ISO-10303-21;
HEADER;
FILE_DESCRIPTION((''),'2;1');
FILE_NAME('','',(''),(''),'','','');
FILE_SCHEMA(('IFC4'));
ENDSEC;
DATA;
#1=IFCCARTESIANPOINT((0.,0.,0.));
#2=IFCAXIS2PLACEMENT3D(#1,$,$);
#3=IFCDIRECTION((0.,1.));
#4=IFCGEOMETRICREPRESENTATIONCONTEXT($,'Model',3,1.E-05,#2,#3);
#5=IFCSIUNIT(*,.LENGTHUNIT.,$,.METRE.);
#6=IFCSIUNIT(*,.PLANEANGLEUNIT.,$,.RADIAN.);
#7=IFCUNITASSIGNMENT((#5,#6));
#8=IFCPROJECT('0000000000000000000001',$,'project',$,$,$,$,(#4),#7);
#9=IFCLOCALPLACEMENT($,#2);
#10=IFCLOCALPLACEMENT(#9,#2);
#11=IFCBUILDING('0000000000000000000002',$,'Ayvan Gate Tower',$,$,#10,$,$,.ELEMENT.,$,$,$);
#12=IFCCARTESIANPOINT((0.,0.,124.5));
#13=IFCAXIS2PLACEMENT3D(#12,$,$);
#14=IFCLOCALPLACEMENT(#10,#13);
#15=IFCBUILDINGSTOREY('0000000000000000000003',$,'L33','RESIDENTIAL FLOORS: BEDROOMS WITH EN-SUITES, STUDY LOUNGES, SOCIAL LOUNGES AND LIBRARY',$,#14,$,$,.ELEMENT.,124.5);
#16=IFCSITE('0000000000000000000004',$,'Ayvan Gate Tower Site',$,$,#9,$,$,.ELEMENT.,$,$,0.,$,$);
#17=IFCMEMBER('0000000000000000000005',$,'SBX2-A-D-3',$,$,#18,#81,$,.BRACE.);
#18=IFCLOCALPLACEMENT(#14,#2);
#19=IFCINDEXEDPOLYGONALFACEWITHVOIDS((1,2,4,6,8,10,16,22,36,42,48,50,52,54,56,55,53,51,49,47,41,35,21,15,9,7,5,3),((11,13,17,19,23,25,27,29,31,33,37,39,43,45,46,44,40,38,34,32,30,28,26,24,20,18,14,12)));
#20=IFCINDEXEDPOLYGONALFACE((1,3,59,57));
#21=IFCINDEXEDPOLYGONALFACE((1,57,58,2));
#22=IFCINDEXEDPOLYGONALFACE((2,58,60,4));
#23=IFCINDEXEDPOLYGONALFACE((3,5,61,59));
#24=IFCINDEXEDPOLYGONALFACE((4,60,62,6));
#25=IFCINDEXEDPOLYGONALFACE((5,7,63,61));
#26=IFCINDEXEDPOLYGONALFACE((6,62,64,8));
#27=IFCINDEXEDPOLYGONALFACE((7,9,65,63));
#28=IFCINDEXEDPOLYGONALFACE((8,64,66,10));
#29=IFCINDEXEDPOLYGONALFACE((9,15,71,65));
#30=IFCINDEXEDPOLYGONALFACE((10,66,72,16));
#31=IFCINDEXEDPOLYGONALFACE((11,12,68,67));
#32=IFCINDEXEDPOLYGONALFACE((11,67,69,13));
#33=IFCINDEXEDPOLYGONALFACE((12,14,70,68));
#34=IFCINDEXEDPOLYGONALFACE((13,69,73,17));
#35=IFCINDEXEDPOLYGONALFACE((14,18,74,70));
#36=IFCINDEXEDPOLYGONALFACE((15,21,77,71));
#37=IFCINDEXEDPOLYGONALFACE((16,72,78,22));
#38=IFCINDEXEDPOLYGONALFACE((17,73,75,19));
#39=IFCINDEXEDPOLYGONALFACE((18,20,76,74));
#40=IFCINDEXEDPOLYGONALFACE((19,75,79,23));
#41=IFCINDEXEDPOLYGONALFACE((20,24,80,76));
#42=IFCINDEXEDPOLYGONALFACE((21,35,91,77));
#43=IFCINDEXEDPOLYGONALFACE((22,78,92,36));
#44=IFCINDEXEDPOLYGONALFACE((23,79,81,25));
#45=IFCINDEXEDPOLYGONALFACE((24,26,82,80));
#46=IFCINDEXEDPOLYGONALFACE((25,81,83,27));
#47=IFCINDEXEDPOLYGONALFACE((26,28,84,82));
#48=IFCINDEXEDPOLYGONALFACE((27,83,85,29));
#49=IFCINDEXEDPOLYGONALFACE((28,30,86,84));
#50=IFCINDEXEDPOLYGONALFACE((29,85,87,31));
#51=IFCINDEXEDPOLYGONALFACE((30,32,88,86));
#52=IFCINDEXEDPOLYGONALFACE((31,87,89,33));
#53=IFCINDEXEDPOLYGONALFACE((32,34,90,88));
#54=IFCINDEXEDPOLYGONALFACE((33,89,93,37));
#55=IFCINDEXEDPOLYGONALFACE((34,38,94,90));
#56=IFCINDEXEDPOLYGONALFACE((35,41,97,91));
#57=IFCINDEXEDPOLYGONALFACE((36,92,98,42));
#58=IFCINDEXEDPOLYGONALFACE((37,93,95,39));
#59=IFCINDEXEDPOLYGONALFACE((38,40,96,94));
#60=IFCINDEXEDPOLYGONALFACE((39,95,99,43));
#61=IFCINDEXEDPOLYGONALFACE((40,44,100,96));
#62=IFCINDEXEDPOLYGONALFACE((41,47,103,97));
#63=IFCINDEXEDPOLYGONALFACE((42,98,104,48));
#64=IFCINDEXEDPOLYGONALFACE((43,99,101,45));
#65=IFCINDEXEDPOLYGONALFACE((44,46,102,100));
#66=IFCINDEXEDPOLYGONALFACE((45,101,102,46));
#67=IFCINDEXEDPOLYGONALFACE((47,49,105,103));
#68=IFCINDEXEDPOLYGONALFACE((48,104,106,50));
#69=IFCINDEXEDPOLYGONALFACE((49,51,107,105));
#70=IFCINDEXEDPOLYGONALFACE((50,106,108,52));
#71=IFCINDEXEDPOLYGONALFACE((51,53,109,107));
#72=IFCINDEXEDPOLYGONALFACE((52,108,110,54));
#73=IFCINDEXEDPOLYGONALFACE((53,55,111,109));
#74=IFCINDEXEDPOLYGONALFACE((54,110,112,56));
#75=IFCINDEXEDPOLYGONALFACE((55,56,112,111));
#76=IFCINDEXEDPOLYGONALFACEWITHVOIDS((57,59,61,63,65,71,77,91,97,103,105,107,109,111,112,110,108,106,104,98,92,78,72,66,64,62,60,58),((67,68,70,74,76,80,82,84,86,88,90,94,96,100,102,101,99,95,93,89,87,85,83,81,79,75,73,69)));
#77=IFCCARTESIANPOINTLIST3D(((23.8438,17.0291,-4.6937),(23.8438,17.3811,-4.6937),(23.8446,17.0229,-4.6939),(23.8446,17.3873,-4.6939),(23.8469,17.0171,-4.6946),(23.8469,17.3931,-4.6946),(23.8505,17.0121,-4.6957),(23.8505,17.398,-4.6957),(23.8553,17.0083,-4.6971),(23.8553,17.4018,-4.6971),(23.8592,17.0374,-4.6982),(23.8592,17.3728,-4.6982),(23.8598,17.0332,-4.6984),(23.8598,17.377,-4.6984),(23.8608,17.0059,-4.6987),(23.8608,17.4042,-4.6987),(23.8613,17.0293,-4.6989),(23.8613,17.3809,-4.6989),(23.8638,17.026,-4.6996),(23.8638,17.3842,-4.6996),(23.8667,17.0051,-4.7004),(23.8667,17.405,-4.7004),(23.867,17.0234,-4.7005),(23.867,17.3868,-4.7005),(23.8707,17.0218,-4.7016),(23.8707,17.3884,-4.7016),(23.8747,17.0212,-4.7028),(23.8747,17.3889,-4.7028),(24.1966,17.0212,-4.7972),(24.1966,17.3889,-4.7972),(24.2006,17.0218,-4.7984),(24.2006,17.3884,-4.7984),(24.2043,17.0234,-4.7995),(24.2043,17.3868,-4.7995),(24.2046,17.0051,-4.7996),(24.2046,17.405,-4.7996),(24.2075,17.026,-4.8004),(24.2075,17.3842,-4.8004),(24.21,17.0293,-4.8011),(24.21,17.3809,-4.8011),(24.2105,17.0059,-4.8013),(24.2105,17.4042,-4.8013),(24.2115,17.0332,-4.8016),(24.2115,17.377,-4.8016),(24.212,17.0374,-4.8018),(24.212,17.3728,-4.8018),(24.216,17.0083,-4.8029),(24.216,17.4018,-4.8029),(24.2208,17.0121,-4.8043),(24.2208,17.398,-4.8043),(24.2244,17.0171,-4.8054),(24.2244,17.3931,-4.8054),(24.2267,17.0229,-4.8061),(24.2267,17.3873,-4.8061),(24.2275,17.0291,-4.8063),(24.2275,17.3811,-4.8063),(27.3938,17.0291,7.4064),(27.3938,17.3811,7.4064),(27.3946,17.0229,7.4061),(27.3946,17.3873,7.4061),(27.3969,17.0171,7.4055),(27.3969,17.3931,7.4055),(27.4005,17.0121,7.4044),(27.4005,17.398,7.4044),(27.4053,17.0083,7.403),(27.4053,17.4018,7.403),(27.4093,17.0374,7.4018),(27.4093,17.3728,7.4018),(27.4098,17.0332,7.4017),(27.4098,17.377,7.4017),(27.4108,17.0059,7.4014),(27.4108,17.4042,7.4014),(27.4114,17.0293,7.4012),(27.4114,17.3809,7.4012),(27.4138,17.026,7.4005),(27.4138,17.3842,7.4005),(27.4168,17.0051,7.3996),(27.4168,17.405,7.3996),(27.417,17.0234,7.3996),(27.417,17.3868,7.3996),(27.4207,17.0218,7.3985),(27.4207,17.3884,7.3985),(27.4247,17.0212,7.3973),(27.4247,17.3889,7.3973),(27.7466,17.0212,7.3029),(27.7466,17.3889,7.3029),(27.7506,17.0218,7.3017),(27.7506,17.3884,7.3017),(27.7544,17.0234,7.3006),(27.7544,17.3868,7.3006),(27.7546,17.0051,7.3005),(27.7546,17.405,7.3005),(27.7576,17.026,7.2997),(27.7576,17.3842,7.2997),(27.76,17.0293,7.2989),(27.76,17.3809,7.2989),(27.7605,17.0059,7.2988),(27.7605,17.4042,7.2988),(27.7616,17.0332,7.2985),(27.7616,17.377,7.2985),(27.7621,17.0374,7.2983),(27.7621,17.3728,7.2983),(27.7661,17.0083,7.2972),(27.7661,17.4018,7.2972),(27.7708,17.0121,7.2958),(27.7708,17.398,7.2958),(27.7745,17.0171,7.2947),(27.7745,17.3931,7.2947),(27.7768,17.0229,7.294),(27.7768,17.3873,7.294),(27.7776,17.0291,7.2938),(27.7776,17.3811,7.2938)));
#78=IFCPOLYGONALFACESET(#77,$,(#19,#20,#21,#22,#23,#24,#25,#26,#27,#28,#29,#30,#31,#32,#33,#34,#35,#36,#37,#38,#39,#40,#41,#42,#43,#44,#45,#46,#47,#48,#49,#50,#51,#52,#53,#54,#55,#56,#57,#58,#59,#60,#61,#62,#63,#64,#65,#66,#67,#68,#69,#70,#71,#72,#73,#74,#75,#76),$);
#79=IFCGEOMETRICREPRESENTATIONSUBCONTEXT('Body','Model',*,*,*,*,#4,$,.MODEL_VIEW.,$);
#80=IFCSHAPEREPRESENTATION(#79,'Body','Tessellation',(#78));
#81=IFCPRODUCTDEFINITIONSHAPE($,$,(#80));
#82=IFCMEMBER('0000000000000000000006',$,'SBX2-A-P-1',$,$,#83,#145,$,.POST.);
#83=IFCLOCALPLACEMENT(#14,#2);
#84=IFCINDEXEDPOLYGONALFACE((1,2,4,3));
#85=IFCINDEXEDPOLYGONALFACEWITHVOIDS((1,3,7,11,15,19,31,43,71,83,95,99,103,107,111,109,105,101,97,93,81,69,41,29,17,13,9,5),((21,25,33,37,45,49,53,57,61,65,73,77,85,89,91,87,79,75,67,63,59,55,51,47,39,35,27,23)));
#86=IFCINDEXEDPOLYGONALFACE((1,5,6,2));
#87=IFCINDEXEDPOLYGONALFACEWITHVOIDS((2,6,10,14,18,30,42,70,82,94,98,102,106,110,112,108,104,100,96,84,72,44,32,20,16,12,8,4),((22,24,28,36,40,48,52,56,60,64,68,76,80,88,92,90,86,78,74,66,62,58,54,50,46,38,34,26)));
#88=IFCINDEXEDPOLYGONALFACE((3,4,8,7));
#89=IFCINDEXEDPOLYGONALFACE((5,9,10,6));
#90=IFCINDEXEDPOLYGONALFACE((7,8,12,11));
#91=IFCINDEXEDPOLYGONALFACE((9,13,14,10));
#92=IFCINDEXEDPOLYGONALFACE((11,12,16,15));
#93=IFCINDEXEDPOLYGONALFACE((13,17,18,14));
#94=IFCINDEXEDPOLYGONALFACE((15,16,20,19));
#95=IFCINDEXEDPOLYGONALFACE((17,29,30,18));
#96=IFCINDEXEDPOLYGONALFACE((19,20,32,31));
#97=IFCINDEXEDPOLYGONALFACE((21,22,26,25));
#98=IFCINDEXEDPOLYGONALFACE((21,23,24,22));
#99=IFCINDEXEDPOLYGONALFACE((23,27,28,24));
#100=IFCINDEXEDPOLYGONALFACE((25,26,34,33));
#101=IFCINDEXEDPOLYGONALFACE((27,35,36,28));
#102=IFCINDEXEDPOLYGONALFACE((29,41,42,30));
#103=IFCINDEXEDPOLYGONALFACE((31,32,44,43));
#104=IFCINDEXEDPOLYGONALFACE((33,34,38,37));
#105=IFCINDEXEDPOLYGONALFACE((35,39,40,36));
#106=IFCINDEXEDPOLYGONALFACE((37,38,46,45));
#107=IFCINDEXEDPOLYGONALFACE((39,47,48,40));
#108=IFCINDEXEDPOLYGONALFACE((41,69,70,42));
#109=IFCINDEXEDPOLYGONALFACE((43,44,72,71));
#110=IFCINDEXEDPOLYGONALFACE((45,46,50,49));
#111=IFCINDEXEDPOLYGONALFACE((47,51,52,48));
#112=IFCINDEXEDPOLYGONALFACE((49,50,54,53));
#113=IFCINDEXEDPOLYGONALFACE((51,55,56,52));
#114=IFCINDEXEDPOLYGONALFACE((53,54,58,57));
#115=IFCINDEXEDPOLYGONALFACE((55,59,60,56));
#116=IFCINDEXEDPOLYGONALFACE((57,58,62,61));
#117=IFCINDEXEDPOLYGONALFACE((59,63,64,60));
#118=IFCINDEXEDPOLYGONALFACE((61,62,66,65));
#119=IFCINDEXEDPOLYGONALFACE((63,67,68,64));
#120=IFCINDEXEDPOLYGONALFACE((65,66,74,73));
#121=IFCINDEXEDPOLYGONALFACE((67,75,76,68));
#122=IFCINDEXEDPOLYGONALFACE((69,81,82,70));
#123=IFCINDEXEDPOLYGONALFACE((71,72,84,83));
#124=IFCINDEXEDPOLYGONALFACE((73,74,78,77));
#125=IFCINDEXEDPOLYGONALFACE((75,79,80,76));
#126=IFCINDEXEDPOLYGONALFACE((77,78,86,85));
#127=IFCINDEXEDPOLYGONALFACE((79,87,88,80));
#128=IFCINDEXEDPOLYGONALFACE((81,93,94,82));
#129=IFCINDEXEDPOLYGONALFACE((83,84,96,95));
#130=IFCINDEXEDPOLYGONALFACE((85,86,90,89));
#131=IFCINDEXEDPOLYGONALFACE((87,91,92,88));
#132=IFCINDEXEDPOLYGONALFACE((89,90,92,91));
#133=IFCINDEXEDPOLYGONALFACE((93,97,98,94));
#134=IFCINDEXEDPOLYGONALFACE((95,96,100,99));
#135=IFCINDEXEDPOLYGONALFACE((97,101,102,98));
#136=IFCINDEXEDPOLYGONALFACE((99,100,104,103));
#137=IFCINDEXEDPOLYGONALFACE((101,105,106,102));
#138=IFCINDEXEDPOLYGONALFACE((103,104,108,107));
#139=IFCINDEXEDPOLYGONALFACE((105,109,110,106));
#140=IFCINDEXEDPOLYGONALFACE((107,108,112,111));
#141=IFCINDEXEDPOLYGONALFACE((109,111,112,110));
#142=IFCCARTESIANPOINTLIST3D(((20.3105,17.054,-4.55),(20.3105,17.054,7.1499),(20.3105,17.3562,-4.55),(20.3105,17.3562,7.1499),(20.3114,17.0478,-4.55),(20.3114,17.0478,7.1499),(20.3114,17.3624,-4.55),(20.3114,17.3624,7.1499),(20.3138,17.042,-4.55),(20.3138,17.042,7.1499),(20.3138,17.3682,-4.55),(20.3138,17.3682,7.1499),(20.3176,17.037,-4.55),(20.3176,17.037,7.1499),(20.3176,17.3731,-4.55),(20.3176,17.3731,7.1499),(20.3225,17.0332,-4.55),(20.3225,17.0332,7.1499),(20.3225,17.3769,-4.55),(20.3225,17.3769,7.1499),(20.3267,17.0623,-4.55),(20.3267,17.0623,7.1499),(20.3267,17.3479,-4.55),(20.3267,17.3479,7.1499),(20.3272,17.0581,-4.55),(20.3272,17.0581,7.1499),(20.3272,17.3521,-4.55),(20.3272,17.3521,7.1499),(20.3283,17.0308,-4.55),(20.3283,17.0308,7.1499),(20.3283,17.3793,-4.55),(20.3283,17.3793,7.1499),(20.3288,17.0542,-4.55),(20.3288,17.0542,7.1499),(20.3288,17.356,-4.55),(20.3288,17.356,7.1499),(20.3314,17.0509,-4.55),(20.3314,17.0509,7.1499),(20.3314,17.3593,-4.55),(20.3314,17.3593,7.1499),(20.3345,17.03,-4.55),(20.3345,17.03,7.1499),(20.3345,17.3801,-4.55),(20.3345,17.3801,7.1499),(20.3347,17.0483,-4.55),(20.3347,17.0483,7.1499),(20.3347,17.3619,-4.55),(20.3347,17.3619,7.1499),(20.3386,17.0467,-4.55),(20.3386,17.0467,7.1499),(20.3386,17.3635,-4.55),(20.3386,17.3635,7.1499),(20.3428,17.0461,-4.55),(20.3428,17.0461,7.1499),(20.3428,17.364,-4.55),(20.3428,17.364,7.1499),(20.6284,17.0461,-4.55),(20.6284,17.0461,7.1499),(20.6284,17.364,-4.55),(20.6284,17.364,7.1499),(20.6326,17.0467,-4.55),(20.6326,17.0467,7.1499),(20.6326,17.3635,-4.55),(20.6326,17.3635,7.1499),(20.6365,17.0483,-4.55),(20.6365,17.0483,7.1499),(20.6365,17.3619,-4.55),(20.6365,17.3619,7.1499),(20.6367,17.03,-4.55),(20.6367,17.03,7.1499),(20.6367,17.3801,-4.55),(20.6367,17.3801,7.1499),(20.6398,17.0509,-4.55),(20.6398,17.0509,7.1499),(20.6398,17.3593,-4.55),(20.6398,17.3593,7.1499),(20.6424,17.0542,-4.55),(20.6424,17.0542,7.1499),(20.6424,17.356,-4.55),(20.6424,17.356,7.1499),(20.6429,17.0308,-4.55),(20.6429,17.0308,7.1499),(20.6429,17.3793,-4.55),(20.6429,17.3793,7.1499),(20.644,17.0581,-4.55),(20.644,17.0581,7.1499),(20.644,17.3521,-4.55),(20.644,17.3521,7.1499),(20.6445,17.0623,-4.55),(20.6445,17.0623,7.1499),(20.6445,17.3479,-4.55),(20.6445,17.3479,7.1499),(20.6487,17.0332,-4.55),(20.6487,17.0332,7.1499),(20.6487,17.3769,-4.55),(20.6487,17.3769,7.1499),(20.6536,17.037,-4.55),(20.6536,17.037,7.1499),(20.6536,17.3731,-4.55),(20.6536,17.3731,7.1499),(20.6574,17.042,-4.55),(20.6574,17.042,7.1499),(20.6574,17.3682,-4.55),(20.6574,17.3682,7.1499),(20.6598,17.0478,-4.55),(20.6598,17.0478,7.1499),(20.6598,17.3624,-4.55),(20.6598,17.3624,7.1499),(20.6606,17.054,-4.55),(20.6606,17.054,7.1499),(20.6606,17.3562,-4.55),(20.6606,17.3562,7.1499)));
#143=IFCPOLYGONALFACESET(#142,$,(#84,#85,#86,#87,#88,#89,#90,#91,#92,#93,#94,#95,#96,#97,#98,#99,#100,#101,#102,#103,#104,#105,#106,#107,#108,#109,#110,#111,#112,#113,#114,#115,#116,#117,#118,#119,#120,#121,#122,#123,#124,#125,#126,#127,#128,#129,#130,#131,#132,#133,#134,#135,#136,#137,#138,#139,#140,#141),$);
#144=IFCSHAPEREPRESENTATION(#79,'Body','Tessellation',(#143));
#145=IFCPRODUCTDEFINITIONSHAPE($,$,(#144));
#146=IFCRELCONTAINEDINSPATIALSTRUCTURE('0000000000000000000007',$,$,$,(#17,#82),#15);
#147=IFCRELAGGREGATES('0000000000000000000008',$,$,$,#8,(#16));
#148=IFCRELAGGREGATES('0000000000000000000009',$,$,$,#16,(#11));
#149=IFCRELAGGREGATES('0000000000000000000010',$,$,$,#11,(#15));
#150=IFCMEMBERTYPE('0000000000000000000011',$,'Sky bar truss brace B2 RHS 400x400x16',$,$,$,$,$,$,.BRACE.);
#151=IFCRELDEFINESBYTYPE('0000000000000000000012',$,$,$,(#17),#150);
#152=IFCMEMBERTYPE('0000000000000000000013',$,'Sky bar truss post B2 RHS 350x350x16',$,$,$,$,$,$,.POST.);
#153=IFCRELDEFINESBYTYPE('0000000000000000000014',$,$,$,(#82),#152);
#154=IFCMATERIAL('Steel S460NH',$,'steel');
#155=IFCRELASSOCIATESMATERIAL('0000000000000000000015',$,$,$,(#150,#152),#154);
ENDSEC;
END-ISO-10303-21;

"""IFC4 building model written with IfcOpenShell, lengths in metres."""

from ifc_helpers import new_model, si_unit, direction, frame, origin, origin_2d, place, context, subcontext, project, spatial, hollow_rectangle, extrude, material, material_profile, profile_set, type_object, element, save


model = new_model("IFC4")

# Units and contexts
model_context = context("Model", 3, precision=1e-05, world=origin(), true_north=direction((0.0, 1.0)))
body_context = subcontext(model_context, "Body", "Model", "MODEL_VIEW")
ifc_project = project(units=[si_unit("LENGTHUNIT", "METRE"), si_unit("PLANEANGLEUNIT", "RADIAN")], contexts=[model_context])

# Site, building, storey
site_placement = place(None, origin())
site = spatial("IfcSite", under=ifc_project, at=site_placement, Name="Ayvan Gate Tower Site", CompositionType="ELEMENT", RefElevation=0.0)
building_placement = place(site_placement, origin())
building = spatial("IfcBuilding", under=site, at=building_placement, Name="Ayvan Gate Tower", CompositionType="ELEMENT")
storey_placement = place(building_placement, frame((0.0, 0.0, 124.5)))
storey = spatial("IfcBuildingStorey", under=building, at=storey_placement, Name="L33", Description="RESIDENTIAL FLOORS: BEDROOMS WITH EN-SUITES, STUDY LOUNGES, SOCIAL LOUNGES AND LIBRARY", CompositionType="ELEMENT", Elevation=124.5)

# Members
ifc_material_1 = material(Name="Steel S460NH", Category="steel")
ifc_material_profile_1 = material_profile(ifc_material_1, hollow_rectangle(XDim=0.3999, YDim=0.3999, WallThickness=0.0161, InnerFilletRadius=0.0161, OuterFilletRadius=0.0239, at=origin_2d()), Name="RHS 400x400x16")
ifc_profile_set_1 = profile_set([ifc_material_profile_1], Name="Steel S460NH")
member_type_1 = type_object("IfcMemberType", Name="Sky bar truss brace B2 RHS 400x400x16", PredefinedType="BRACE", material=ifc_profile_set_1)
for number, where, z_axis, x_axis, name in (
    (1, (24.0356, 17.2051, -4.75), (0.281524, 0.0, 0.959554), (0.0, 1.0, 0.0), "SBX2-A-D-3"),
):
    element("IfcMember", number, at=place(storey_placement, frame(where, z_axis=z_axis, x_axis=x_axis)), inside=storey, type_object=member_type_1, Name=name, PredefinedType="BRACE", context=body_context, shape_type="SweptSolid", body=[
        extrude(hollow_rectangle(XDim=0.3999, YDim=0.3999, WallThickness=0.0161, InnerFilletRadius=0.0161, OuterFilletRadius=0.0239, at=origin_2d()), origin(), (0.0, 0.0, 1.0), 12.6101),
    ])
ifc_material_profile_2 = material_profile(ifc_material_1, hollow_rectangle(XDim=0.3501, YDim=0.3501, WallThickness=0.0161, InnerFilletRadius=0.0161, OuterFilletRadius=0.0239, at=origin_2d()), Name="RHS 350x350x16")
ifc_profile_set_2 = profile_set([ifc_material_profile_2], Name="Steel S460NH")
member_type_2 = type_object("IfcMemberType", Name="Sky bar truss post B2 RHS 350x350x16", PredefinedType="POST", material=ifc_profile_set_2)
for number, where, z_axis, x_axis, name in (
    (2, (20.4856, 17.2051, -4.55), (0.0, 0.0, 1.0), (1.0, 0.0, 0.0), "SBX2-A-P-1"),
):
    element("IfcMember", number, at=place(storey_placement, frame(where, z_axis=z_axis, x_axis=x_axis)), inside=storey, type_object=member_type_2, Name=name, PredefinedType="POST", context=body_context, shape_type="SweptSolid", body=[
        extrude(hollow_rectangle(XDim=0.3501, YDim=0.3501, WallThickness=0.0161, InnerFilletRadius=0.0161, OuterFilletRadius=0.0239, at=origin_2d()), origin(), (0.0, 0.0, 1.0), 11.7),
    ])

save(model, "model.ifc")
